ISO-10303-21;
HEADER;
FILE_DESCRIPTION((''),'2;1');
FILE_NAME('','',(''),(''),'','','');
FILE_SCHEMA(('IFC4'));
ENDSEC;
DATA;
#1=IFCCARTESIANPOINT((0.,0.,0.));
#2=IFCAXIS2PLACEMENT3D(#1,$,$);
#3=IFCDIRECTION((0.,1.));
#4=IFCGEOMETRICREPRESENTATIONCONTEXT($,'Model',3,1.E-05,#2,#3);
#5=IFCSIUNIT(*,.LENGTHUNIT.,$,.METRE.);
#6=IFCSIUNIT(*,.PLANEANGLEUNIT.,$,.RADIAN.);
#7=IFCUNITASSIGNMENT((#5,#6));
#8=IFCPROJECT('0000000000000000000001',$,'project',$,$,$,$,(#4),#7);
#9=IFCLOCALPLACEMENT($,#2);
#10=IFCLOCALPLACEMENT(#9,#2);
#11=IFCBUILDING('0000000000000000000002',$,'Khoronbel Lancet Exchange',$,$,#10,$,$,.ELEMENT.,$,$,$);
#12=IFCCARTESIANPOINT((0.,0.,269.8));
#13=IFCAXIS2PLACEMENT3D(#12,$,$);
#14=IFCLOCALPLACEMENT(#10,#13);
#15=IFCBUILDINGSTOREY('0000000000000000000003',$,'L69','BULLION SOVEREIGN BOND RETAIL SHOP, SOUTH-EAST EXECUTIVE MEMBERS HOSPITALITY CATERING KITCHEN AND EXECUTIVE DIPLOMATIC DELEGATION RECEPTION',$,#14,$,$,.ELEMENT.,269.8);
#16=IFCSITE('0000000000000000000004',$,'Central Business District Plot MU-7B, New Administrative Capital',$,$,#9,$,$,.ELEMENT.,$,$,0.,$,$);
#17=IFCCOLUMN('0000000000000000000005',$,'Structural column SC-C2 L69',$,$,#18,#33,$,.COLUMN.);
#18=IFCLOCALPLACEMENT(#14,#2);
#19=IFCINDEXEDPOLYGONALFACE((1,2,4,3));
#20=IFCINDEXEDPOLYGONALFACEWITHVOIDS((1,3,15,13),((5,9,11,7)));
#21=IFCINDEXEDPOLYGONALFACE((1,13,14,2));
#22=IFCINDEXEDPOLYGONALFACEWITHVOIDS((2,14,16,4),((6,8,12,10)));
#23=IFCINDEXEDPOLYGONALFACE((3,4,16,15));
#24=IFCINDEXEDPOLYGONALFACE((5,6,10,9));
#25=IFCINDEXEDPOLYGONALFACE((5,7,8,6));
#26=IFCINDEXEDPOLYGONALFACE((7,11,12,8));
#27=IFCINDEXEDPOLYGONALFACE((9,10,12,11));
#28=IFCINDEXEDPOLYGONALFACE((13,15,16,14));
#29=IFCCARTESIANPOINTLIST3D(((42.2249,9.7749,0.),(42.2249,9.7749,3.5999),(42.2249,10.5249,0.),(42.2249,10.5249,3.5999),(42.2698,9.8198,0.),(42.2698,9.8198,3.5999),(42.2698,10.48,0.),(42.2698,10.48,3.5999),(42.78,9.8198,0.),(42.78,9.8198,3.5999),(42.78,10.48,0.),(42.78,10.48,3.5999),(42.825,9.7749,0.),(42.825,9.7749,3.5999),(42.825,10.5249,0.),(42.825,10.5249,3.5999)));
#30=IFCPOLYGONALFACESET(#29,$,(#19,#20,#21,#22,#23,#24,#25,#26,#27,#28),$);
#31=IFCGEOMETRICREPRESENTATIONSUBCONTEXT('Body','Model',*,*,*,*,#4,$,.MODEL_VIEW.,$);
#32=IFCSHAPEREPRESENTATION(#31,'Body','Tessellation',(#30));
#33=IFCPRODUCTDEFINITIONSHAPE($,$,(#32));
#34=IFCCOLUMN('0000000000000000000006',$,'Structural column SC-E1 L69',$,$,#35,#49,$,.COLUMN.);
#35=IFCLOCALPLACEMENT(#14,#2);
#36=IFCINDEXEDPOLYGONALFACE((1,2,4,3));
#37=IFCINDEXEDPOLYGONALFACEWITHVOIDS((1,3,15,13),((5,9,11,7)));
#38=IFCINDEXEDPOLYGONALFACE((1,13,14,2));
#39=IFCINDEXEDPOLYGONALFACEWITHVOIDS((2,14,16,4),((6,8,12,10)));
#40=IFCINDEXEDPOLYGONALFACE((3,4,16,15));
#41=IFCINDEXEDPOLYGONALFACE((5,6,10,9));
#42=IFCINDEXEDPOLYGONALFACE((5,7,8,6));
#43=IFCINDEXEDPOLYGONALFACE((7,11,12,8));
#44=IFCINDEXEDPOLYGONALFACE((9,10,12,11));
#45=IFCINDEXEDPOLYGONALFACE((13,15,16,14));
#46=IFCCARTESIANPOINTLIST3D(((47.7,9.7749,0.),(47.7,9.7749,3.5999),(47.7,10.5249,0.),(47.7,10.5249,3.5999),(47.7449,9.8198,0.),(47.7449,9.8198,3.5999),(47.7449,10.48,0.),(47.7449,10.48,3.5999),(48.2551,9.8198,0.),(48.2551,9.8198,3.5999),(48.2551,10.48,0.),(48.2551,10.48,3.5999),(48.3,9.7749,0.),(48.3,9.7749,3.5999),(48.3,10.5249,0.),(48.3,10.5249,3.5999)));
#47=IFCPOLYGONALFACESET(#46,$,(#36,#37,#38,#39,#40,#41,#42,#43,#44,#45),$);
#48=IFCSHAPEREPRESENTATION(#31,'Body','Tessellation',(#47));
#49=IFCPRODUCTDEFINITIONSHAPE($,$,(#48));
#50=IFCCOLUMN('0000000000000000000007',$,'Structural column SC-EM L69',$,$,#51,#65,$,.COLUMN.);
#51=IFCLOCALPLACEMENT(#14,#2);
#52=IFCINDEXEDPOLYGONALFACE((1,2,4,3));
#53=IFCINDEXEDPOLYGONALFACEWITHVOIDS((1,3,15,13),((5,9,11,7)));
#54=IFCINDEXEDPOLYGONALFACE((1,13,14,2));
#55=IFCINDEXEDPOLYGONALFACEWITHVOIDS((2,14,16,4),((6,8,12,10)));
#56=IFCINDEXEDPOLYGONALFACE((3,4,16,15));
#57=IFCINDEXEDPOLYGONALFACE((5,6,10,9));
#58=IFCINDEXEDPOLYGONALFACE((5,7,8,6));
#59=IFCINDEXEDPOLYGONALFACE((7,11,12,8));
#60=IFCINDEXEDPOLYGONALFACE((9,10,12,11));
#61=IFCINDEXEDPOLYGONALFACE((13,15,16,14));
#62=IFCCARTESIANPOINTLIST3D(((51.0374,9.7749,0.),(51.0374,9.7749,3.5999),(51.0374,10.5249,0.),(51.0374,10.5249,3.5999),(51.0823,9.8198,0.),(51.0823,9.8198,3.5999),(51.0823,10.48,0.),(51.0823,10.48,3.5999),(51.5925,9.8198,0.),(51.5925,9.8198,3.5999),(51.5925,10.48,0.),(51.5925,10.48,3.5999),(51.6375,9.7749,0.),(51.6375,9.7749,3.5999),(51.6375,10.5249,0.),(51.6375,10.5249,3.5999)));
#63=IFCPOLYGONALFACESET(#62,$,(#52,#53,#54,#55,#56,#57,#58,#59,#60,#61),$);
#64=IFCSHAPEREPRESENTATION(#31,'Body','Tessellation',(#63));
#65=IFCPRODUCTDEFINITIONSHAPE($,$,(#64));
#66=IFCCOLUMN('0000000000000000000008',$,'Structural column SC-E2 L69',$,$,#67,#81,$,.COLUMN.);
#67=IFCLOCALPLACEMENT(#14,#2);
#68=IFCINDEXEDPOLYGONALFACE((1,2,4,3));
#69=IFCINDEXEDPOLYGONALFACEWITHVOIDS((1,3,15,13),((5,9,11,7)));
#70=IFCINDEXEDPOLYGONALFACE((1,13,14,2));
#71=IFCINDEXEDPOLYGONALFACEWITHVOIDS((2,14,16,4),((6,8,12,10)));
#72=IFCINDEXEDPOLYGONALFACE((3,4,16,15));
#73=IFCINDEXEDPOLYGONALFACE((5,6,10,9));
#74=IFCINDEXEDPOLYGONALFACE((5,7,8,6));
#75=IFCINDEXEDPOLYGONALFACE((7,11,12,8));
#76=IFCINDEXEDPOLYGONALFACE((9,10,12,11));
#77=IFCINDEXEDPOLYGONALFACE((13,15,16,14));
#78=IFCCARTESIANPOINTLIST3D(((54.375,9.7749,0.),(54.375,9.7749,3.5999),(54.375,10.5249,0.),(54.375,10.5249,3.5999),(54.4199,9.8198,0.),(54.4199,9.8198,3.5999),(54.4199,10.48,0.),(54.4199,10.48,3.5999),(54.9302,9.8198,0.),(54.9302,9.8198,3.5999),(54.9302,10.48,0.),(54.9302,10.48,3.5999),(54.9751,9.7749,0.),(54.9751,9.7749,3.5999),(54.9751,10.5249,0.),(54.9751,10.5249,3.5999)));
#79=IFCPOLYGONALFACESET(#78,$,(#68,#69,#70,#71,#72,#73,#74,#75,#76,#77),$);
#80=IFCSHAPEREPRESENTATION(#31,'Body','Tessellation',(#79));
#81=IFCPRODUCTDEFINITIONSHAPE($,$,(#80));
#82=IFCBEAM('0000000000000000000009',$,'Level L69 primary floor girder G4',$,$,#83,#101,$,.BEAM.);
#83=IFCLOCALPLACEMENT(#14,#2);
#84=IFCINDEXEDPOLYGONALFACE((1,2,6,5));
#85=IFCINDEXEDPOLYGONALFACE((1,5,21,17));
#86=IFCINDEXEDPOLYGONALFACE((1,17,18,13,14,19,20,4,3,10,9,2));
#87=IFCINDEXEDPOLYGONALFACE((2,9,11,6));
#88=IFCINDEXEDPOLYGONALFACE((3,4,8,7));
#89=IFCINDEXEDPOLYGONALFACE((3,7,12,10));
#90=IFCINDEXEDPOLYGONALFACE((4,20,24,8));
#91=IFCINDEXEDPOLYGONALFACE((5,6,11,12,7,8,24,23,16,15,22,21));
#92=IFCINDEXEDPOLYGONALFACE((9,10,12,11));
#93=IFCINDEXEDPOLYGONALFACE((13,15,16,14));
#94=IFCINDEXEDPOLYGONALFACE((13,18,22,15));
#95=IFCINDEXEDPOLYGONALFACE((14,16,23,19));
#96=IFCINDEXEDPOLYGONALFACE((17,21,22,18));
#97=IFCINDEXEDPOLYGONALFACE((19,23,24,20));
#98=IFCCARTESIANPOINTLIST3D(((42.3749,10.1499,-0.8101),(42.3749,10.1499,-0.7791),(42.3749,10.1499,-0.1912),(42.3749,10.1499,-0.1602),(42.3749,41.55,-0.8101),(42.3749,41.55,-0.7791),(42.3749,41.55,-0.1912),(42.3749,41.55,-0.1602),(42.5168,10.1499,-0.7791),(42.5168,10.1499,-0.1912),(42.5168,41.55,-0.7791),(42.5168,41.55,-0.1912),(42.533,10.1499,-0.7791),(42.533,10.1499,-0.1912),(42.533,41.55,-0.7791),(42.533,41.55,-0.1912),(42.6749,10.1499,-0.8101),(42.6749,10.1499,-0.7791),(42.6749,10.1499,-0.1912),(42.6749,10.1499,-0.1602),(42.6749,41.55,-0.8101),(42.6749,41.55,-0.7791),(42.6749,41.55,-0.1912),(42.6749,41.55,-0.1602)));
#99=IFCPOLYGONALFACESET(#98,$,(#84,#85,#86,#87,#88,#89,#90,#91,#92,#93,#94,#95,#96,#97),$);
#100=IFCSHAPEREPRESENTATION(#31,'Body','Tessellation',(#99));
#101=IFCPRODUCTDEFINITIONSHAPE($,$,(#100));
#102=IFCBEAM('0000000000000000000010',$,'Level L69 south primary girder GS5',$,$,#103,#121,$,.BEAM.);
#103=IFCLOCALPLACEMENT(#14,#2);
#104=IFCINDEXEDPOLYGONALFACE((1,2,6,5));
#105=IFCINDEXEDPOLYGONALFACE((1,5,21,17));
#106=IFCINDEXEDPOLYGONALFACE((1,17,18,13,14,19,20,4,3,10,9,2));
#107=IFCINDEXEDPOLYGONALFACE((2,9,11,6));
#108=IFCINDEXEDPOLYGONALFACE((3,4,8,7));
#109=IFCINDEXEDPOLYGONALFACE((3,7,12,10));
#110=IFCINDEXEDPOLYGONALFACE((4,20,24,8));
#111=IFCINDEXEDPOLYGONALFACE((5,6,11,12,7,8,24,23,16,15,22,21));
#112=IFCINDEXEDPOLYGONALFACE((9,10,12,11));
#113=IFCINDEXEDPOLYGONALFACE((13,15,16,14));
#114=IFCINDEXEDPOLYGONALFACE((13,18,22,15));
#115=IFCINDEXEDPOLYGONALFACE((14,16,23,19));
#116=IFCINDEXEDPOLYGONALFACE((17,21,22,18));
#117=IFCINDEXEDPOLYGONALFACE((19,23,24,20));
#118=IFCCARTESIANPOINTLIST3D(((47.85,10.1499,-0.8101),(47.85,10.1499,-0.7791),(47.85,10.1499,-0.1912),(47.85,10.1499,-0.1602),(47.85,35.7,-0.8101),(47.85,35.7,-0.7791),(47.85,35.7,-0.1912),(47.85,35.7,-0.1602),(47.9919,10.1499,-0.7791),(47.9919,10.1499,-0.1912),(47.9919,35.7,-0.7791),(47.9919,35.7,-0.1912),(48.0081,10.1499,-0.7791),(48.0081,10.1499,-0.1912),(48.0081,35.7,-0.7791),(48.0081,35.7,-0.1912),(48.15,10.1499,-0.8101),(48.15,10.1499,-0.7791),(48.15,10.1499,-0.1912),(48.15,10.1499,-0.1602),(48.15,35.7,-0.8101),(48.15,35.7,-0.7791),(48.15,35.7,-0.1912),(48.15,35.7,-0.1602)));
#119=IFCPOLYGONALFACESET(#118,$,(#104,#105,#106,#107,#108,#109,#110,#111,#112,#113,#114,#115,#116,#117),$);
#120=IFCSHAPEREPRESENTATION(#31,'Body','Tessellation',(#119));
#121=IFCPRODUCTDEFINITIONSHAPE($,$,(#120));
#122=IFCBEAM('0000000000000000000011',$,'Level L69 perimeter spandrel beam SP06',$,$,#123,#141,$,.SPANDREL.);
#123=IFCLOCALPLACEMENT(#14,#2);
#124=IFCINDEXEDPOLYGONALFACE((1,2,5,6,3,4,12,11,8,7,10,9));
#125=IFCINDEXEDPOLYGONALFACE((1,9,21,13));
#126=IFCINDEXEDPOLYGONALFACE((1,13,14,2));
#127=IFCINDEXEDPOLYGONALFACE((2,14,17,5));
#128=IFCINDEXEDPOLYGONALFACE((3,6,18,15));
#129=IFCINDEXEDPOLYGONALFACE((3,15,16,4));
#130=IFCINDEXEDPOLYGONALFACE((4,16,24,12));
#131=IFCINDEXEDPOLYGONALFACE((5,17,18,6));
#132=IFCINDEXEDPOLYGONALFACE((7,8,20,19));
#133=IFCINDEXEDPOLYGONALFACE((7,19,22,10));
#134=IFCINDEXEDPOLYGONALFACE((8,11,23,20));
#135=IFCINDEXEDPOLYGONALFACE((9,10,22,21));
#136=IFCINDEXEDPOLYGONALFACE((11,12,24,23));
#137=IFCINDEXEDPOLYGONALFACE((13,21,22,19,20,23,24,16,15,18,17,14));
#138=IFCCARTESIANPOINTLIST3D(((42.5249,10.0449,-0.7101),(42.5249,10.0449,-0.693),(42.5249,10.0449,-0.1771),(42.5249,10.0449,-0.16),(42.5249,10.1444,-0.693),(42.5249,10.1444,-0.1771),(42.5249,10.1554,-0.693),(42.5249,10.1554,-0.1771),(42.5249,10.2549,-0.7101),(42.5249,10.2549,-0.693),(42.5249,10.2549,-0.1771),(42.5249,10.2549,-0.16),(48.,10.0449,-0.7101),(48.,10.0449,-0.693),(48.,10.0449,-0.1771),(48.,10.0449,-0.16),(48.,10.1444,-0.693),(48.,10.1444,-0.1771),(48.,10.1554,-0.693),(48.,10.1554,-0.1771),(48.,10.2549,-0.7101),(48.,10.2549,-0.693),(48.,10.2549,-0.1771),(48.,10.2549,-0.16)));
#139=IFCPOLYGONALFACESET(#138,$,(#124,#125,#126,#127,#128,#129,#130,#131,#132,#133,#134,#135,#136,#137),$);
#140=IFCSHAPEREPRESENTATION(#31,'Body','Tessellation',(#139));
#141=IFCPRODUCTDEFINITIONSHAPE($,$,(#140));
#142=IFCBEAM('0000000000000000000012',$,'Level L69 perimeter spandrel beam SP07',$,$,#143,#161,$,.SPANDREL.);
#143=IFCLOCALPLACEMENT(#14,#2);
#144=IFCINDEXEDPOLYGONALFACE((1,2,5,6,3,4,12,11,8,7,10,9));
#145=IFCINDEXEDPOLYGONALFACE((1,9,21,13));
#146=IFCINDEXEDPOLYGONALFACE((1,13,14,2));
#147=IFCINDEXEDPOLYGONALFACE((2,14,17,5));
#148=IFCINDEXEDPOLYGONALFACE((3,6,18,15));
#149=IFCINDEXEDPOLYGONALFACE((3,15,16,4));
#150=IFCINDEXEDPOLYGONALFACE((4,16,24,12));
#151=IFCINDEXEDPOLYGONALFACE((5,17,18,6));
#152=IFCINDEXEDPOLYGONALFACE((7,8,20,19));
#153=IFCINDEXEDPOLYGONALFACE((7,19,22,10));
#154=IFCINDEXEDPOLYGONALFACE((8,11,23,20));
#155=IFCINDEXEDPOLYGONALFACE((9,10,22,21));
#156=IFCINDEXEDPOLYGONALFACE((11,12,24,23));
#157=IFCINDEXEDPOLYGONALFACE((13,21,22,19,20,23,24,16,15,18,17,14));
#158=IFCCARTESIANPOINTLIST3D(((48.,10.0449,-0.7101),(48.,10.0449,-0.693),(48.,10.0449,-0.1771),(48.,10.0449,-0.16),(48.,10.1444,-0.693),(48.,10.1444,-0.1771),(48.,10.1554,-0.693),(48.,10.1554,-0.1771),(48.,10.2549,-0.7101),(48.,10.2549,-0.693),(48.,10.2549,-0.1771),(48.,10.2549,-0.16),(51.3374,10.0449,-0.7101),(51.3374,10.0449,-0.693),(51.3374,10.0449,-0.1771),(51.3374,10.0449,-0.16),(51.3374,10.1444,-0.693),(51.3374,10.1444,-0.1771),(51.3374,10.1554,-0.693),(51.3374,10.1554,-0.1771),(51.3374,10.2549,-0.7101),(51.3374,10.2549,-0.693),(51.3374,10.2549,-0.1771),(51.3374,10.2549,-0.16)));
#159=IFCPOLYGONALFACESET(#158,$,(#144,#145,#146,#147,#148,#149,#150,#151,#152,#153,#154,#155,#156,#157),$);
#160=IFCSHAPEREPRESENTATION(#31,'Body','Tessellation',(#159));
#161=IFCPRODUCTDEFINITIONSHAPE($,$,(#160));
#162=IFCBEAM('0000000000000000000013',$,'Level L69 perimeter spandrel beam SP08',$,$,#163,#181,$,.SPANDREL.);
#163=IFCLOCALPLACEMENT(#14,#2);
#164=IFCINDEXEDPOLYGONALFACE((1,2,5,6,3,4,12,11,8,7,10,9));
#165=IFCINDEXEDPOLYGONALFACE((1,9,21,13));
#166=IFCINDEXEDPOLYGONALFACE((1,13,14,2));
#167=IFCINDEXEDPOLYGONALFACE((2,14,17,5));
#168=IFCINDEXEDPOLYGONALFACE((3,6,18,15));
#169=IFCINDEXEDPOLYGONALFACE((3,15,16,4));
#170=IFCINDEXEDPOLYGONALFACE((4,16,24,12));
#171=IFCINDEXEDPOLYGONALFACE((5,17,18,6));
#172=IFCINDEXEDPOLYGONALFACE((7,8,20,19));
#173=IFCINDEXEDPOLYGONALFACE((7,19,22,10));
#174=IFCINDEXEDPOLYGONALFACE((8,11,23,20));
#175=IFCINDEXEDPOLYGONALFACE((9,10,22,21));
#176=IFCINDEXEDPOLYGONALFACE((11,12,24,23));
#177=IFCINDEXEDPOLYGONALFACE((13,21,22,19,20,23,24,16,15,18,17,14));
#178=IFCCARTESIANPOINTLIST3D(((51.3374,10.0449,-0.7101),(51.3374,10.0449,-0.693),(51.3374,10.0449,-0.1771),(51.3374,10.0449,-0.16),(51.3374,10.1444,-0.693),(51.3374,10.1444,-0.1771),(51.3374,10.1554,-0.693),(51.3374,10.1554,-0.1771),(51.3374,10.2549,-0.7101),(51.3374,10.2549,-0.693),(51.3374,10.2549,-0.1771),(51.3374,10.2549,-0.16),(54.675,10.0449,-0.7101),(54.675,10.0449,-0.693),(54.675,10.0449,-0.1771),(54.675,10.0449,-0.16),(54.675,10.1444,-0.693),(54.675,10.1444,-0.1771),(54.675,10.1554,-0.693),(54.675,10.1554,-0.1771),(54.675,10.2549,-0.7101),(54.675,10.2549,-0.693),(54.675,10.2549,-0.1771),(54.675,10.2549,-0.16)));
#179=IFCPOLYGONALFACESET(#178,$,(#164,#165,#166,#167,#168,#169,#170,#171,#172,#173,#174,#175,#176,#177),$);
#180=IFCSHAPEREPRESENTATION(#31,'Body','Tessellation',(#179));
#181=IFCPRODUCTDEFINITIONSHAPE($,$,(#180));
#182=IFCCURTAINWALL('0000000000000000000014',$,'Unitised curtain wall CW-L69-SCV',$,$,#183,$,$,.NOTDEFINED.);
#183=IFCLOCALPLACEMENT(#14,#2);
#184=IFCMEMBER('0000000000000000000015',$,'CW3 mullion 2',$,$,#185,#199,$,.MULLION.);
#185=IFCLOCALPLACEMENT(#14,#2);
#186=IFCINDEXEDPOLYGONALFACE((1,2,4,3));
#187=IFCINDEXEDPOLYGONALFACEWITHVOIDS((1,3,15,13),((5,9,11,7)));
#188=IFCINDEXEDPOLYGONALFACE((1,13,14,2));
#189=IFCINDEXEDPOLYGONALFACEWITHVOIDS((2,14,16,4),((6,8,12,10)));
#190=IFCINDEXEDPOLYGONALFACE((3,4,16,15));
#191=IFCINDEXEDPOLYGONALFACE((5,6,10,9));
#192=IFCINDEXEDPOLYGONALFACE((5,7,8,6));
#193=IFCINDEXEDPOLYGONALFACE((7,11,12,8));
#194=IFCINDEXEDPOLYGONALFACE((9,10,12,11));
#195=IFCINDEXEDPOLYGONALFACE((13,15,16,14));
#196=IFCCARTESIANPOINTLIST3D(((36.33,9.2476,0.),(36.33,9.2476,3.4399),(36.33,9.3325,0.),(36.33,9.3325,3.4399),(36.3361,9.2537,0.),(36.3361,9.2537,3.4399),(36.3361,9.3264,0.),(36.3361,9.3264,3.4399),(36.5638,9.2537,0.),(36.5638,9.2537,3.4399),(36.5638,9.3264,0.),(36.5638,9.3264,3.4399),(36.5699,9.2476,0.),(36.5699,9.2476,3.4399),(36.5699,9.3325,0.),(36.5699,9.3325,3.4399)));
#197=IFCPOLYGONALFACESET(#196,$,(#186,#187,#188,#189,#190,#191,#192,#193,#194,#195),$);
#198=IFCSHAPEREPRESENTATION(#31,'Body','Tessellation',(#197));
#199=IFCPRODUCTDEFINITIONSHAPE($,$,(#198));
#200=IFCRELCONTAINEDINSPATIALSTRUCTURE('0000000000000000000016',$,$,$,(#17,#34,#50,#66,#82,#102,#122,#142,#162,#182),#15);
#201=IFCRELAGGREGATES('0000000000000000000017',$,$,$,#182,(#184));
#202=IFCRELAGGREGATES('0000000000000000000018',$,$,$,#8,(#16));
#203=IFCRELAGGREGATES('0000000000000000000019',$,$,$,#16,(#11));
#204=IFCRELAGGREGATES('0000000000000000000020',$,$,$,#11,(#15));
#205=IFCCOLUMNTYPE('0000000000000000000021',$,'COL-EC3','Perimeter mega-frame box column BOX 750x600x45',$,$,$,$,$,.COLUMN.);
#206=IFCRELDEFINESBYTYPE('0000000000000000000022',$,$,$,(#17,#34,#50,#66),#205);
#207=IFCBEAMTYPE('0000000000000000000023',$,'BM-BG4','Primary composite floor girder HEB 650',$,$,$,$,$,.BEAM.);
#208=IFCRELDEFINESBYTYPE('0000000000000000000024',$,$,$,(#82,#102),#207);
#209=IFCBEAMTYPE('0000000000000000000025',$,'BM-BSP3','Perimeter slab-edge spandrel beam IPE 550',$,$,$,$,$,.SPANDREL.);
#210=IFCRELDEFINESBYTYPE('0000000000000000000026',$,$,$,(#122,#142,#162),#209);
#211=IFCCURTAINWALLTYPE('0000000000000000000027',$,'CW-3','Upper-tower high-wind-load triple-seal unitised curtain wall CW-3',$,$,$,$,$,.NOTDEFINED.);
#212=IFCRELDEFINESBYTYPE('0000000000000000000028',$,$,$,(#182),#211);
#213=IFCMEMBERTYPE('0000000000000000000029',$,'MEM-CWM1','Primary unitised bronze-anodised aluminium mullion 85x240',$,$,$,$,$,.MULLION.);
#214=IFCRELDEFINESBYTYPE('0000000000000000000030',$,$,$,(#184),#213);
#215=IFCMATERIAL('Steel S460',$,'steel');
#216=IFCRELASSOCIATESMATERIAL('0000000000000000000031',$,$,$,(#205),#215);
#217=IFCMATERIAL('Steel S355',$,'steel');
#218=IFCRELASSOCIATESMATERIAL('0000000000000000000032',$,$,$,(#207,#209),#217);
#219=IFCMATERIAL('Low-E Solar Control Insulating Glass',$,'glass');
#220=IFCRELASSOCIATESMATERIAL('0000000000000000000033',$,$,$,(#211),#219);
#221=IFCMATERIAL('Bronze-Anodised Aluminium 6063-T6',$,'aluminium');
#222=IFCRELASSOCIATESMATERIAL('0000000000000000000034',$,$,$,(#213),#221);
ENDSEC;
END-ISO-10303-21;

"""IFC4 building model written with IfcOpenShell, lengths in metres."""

from ifc_helpers import new_model, si_unit, direction, frame, origin, origin_2d, place, context, subcontext, project, spatial, hollow_rectangle, i_section, extrude, material, material_profile, profile_set, type_object, element, aggregate, save


model = new_model("IFC4")

# Units and contexts
model_context = context("Model", 3, precision=1e-05, world=origin(), true_north=direction((0.0, 1.0)))
body_context = subcontext(model_context, "Body", "Model", "MODEL_VIEW")
ifc_project = project(units=[si_unit("LENGTHUNIT", "METRE"), si_unit("PLANEANGLEUNIT", "RADIAN")], contexts=[model_context])

# Site, building, storey
site_placement = place(None, origin())
site = spatial("IfcSite", under=ifc_project, at=site_placement, Name="Central Business District Plot MU-7B, New Administrative Capital", CompositionType="ELEMENT", RefElevation=0.0)
building_placement = place(site_placement, origin())
building = spatial("IfcBuilding", under=site, at=building_placement, Name="Khoronbel Lancet Exchange", CompositionType="ELEMENT")
storey_placement = place(building_placement, frame((0.0, 0.0, 269.8)))
storey = spatial("IfcBuildingStorey", under=building, at=storey_placement, Name="L69", Description="BULLION SOVEREIGN BOND RETAIL SHOP, SOUTH-EAST EXECUTIVE MEMBERS HOSPITALITY CATERING KITCHEN AND EXECUTIVE DIPLOMATIC DELEGATION RECEPTION", CompositionType="ELEMENT", Elevation=269.8)

# Columns
ifc_material_1 = material(Name="Steel S460", Category="steel")
ifc_material_profile_1 = material_profile(ifc_material_1, hollow_rectangle(XDim=0.6001, YDim=0.75, WallThickness=0.0449, at=origin_2d()), Name="BOX 750x600x45")
ifc_profile_set_1 = profile_set([ifc_material_profile_1], Name="Steel S460")
column_type = type_object("IfcColumnType", Name="COL-EC3", Description="Perimeter mega-frame box column BOX 750x600x45", PredefinedType="COLUMN", material=ifc_profile_set_1)
for number, where, z_axis, x_axis, name in (
    (1, (42.5249, 10.1499, 0.0), (0.0, 0.0, 1.0), (1.0, 0.0, 0.0), "Structural column SC-C2 L69"),
    (2, (48.0, 10.1499, 0.0), (0.0, 0.0, 1.0), (1.0, 0.0, 0.0), "Structural column SC-E1 L69"),
    (3, (51.3374, 10.1499, 0.0), (0.0, 0.0, 1.0), (1.0, 0.0, 0.0), "Structural column SC-EM L69"),
    (4, (54.675, 10.1499, 0.0), (0.0, 0.0, 1.0), (1.0, 0.0, 0.0), "Structural column SC-E2 L69"),
):
    element("IfcColumn", number, at=place(storey_placement, frame(where, z_axis=z_axis, x_axis=x_axis)), inside=storey, type_object=column_type, Name=name, PredefinedType="COLUMN", context=body_context, shape_type="SweptSolid", body=[
        extrude(hollow_rectangle(XDim=0.6001, YDim=0.75, WallThickness=0.0449, at=origin_2d()), origin(), (0.0, 0.0, 1.0), 3.5999),
    ])

# Beams
ifc_material_2 = material(Name="Steel S355", Category="steel")
ifc_material_profile_2 = material_profile(ifc_material_2, i_section(OverallWidth=0.3, OverallDepth=0.6499, WebThickness=0.0161, FlangeThickness=0.031, at=origin_2d()), Name="HEB 650")
ifc_profile_set_2 = profile_set([ifc_material_profile_2], Name="Steel S355")
beam_type_1 = type_object("IfcBeamType", Name="BM-BG4", Description="Primary composite floor girder HEB 650", PredefinedType="BEAM", material=ifc_profile_set_2)
beam_1_placement = place(storey_placement, frame((42.5249, 10.1499, -0.4851), z_axis=(0.0, 1.0, 0.0), x_axis=(-1.0, 0.0, 0.0)))
element("IfcBeam", 5, at=beam_1_placement, inside=storey, type_object=beam_type_1, Name="Level L69 primary floor girder G4", PredefinedType="BEAM", context=body_context, shape_type="SweptSolid", body=[
    extrude(i_section(OverallWidth=0.3, OverallDepth=0.6499, WebThickness=0.0161, FlangeThickness=0.031, at=origin_2d()), origin(), (0.0, 0.0, 1.0), 31.4001),
])
beam_2_placement = place(storey_placement, frame((48.0, 10.1499, -0.4851), z_axis=(0.0, 1.0, 0.0), x_axis=(-1.0, 0.0, 0.0)))
element("IfcBeam", 6, at=beam_2_placement, inside=storey, type_object=beam_type_1, Name="Level L69 south primary girder GS5", PredefinedType="BEAM", context=body_context, shape_type="SweptSolid", body=[
    extrude(i_section(OverallWidth=0.3, OverallDepth=0.6499, WebThickness=0.0161, FlangeThickness=0.031, at=origin_2d()), origin(), (0.0, 0.0, 1.0), 25.55),
])
ifc_material_profile_3 = material_profile(ifc_material_2, i_section(OverallWidth=0.21, OverallDepth=0.55, WebThickness=0.011, FlangeThickness=0.0171, at=origin_2d()), Name="IPE 550")
ifc_profile_set_3 = profile_set([ifc_material_profile_3], Name="Steel S355")
beam_type_2 = type_object("IfcBeamType", Name="BM-BSP3", Description="Perimeter slab-edge spandrel beam IPE 550", PredefinedType="SPANDREL", material=ifc_profile_set_3)
beam_3_placement = place(storey_placement, frame((42.5249, 10.1499, -0.4351), z_axis=(1.0, 0.0, 0.0), x_axis=(0.0, 1.0, 0.0)))
element("IfcBeam", 7, at=beam_3_placement, inside=storey, type_object=beam_type_2, Name="Level L69 perimeter spandrel beam SP06", PredefinedType="SPANDREL", context=body_context, shape_type="SweptSolid", body=[
    extrude(i_section(OverallWidth=0.21, OverallDepth=0.55, WebThickness=0.011, FlangeThickness=0.0171, at=origin_2d()), origin(), (0.0, 0.0, 1.0), 5.4751),
])
beam_4_placement = place(storey_placement, frame((48.0, 10.1499, -0.4351), z_axis=(1.0, 0.0, 0.0), x_axis=(0.0, 1.0, 0.0)))
element("IfcBeam", 8, at=beam_4_placement, inside=storey, type_object=beam_type_2, Name="Level L69 perimeter spandrel beam SP07", PredefinedType="SPANDREL", context=body_context, shape_type="SweptSolid", body=[
    extrude(i_section(OverallWidth=0.21, OverallDepth=0.55, WebThickness=0.011, FlangeThickness=0.0171, at=origin_2d()), origin(), (0.0, 0.0, 1.0), 3.3374),
])
beam_5_placement = place(storey_placement, frame((51.3374, 10.1499, -0.4351), z_axis=(1.0, 0.0, 0.0), x_axis=(0.0, 1.0, 0.0)))
element("IfcBeam", 9, at=beam_5_placement, inside=storey, type_object=beam_type_2, Name="Level L69 perimeter spandrel beam SP08", PredefinedType="SPANDREL", context=body_context, shape_type="SweptSolid", body=[
    extrude(i_section(OverallWidth=0.21, OverallDepth=0.55, WebThickness=0.011, FlangeThickness=0.0171, at=origin_2d()), origin(), (0.0, 0.0, 1.0), 3.3376),
])

# Curtain wall, member
ifc_material_3 = material(Name="Low-E Solar Control Insulating Glass", Category="glass")
curtain_wall_type = type_object("IfcCurtainWallType", Name="CW-3", Description="Upper-tower high-wind-load triple-seal unitised curtain wall CW-3", PredefinedType="NOTDEFINED", material=ifc_material_3)
curtain_wall_1_placement = place(storey_placement, origin())
curtain_wall_1 = element("IfcCurtainWall", 10, at=curtain_wall_1_placement, inside=storey, type_object=curtain_wall_type, Name="Unitised curtain wall CW-L69-SCV", PredefinedType="NOTDEFINED")
ifc_material_4 = material(Name="Bronze-Anodised Aluminium 6063-T6", Category="aluminium")
ifc_material_profile_4 = material_profile(ifc_material_4, hollow_rectangle(XDim=0.085, YDim=0.24, WallThickness=0.0061, at=origin_2d()), Name="ALU MULLION 85x240")
ifc_profile_set_4 = profile_set([ifc_material_profile_4], Name="Bronze-Anodised Aluminium 6063-T6")
member_type_1 = type_object("IfcMemberType", Name="MEM-CWM1", Description="Primary unitised bronze-anodised aluminium mullion 85x240", PredefinedType="MULLION", material=ifc_profile_set_4)
member_1_placement = place(storey_placement, frame((36.45, 9.29, 0.0), z_axis=(0.0, 0.0, 1.0), x_axis=(0.0, 1.0, 0.0)))
member_1 = element("IfcMember", 11, at=member_1_placement, type_object=member_type_1, Name="CW3 mullion 2", PredefinedType="MULLION", context=body_context, shape_type="SweptSolid", body=[
    extrude(hollow_rectangle(XDim=0.085, YDim=0.24, WallThickness=0.0061, at=origin_2d()), origin(), (0.0, 0.0, 1.0), 3.4399),
])

aggregate(curtain_wall_1, [member_1])

save(model, "model.ifc")
